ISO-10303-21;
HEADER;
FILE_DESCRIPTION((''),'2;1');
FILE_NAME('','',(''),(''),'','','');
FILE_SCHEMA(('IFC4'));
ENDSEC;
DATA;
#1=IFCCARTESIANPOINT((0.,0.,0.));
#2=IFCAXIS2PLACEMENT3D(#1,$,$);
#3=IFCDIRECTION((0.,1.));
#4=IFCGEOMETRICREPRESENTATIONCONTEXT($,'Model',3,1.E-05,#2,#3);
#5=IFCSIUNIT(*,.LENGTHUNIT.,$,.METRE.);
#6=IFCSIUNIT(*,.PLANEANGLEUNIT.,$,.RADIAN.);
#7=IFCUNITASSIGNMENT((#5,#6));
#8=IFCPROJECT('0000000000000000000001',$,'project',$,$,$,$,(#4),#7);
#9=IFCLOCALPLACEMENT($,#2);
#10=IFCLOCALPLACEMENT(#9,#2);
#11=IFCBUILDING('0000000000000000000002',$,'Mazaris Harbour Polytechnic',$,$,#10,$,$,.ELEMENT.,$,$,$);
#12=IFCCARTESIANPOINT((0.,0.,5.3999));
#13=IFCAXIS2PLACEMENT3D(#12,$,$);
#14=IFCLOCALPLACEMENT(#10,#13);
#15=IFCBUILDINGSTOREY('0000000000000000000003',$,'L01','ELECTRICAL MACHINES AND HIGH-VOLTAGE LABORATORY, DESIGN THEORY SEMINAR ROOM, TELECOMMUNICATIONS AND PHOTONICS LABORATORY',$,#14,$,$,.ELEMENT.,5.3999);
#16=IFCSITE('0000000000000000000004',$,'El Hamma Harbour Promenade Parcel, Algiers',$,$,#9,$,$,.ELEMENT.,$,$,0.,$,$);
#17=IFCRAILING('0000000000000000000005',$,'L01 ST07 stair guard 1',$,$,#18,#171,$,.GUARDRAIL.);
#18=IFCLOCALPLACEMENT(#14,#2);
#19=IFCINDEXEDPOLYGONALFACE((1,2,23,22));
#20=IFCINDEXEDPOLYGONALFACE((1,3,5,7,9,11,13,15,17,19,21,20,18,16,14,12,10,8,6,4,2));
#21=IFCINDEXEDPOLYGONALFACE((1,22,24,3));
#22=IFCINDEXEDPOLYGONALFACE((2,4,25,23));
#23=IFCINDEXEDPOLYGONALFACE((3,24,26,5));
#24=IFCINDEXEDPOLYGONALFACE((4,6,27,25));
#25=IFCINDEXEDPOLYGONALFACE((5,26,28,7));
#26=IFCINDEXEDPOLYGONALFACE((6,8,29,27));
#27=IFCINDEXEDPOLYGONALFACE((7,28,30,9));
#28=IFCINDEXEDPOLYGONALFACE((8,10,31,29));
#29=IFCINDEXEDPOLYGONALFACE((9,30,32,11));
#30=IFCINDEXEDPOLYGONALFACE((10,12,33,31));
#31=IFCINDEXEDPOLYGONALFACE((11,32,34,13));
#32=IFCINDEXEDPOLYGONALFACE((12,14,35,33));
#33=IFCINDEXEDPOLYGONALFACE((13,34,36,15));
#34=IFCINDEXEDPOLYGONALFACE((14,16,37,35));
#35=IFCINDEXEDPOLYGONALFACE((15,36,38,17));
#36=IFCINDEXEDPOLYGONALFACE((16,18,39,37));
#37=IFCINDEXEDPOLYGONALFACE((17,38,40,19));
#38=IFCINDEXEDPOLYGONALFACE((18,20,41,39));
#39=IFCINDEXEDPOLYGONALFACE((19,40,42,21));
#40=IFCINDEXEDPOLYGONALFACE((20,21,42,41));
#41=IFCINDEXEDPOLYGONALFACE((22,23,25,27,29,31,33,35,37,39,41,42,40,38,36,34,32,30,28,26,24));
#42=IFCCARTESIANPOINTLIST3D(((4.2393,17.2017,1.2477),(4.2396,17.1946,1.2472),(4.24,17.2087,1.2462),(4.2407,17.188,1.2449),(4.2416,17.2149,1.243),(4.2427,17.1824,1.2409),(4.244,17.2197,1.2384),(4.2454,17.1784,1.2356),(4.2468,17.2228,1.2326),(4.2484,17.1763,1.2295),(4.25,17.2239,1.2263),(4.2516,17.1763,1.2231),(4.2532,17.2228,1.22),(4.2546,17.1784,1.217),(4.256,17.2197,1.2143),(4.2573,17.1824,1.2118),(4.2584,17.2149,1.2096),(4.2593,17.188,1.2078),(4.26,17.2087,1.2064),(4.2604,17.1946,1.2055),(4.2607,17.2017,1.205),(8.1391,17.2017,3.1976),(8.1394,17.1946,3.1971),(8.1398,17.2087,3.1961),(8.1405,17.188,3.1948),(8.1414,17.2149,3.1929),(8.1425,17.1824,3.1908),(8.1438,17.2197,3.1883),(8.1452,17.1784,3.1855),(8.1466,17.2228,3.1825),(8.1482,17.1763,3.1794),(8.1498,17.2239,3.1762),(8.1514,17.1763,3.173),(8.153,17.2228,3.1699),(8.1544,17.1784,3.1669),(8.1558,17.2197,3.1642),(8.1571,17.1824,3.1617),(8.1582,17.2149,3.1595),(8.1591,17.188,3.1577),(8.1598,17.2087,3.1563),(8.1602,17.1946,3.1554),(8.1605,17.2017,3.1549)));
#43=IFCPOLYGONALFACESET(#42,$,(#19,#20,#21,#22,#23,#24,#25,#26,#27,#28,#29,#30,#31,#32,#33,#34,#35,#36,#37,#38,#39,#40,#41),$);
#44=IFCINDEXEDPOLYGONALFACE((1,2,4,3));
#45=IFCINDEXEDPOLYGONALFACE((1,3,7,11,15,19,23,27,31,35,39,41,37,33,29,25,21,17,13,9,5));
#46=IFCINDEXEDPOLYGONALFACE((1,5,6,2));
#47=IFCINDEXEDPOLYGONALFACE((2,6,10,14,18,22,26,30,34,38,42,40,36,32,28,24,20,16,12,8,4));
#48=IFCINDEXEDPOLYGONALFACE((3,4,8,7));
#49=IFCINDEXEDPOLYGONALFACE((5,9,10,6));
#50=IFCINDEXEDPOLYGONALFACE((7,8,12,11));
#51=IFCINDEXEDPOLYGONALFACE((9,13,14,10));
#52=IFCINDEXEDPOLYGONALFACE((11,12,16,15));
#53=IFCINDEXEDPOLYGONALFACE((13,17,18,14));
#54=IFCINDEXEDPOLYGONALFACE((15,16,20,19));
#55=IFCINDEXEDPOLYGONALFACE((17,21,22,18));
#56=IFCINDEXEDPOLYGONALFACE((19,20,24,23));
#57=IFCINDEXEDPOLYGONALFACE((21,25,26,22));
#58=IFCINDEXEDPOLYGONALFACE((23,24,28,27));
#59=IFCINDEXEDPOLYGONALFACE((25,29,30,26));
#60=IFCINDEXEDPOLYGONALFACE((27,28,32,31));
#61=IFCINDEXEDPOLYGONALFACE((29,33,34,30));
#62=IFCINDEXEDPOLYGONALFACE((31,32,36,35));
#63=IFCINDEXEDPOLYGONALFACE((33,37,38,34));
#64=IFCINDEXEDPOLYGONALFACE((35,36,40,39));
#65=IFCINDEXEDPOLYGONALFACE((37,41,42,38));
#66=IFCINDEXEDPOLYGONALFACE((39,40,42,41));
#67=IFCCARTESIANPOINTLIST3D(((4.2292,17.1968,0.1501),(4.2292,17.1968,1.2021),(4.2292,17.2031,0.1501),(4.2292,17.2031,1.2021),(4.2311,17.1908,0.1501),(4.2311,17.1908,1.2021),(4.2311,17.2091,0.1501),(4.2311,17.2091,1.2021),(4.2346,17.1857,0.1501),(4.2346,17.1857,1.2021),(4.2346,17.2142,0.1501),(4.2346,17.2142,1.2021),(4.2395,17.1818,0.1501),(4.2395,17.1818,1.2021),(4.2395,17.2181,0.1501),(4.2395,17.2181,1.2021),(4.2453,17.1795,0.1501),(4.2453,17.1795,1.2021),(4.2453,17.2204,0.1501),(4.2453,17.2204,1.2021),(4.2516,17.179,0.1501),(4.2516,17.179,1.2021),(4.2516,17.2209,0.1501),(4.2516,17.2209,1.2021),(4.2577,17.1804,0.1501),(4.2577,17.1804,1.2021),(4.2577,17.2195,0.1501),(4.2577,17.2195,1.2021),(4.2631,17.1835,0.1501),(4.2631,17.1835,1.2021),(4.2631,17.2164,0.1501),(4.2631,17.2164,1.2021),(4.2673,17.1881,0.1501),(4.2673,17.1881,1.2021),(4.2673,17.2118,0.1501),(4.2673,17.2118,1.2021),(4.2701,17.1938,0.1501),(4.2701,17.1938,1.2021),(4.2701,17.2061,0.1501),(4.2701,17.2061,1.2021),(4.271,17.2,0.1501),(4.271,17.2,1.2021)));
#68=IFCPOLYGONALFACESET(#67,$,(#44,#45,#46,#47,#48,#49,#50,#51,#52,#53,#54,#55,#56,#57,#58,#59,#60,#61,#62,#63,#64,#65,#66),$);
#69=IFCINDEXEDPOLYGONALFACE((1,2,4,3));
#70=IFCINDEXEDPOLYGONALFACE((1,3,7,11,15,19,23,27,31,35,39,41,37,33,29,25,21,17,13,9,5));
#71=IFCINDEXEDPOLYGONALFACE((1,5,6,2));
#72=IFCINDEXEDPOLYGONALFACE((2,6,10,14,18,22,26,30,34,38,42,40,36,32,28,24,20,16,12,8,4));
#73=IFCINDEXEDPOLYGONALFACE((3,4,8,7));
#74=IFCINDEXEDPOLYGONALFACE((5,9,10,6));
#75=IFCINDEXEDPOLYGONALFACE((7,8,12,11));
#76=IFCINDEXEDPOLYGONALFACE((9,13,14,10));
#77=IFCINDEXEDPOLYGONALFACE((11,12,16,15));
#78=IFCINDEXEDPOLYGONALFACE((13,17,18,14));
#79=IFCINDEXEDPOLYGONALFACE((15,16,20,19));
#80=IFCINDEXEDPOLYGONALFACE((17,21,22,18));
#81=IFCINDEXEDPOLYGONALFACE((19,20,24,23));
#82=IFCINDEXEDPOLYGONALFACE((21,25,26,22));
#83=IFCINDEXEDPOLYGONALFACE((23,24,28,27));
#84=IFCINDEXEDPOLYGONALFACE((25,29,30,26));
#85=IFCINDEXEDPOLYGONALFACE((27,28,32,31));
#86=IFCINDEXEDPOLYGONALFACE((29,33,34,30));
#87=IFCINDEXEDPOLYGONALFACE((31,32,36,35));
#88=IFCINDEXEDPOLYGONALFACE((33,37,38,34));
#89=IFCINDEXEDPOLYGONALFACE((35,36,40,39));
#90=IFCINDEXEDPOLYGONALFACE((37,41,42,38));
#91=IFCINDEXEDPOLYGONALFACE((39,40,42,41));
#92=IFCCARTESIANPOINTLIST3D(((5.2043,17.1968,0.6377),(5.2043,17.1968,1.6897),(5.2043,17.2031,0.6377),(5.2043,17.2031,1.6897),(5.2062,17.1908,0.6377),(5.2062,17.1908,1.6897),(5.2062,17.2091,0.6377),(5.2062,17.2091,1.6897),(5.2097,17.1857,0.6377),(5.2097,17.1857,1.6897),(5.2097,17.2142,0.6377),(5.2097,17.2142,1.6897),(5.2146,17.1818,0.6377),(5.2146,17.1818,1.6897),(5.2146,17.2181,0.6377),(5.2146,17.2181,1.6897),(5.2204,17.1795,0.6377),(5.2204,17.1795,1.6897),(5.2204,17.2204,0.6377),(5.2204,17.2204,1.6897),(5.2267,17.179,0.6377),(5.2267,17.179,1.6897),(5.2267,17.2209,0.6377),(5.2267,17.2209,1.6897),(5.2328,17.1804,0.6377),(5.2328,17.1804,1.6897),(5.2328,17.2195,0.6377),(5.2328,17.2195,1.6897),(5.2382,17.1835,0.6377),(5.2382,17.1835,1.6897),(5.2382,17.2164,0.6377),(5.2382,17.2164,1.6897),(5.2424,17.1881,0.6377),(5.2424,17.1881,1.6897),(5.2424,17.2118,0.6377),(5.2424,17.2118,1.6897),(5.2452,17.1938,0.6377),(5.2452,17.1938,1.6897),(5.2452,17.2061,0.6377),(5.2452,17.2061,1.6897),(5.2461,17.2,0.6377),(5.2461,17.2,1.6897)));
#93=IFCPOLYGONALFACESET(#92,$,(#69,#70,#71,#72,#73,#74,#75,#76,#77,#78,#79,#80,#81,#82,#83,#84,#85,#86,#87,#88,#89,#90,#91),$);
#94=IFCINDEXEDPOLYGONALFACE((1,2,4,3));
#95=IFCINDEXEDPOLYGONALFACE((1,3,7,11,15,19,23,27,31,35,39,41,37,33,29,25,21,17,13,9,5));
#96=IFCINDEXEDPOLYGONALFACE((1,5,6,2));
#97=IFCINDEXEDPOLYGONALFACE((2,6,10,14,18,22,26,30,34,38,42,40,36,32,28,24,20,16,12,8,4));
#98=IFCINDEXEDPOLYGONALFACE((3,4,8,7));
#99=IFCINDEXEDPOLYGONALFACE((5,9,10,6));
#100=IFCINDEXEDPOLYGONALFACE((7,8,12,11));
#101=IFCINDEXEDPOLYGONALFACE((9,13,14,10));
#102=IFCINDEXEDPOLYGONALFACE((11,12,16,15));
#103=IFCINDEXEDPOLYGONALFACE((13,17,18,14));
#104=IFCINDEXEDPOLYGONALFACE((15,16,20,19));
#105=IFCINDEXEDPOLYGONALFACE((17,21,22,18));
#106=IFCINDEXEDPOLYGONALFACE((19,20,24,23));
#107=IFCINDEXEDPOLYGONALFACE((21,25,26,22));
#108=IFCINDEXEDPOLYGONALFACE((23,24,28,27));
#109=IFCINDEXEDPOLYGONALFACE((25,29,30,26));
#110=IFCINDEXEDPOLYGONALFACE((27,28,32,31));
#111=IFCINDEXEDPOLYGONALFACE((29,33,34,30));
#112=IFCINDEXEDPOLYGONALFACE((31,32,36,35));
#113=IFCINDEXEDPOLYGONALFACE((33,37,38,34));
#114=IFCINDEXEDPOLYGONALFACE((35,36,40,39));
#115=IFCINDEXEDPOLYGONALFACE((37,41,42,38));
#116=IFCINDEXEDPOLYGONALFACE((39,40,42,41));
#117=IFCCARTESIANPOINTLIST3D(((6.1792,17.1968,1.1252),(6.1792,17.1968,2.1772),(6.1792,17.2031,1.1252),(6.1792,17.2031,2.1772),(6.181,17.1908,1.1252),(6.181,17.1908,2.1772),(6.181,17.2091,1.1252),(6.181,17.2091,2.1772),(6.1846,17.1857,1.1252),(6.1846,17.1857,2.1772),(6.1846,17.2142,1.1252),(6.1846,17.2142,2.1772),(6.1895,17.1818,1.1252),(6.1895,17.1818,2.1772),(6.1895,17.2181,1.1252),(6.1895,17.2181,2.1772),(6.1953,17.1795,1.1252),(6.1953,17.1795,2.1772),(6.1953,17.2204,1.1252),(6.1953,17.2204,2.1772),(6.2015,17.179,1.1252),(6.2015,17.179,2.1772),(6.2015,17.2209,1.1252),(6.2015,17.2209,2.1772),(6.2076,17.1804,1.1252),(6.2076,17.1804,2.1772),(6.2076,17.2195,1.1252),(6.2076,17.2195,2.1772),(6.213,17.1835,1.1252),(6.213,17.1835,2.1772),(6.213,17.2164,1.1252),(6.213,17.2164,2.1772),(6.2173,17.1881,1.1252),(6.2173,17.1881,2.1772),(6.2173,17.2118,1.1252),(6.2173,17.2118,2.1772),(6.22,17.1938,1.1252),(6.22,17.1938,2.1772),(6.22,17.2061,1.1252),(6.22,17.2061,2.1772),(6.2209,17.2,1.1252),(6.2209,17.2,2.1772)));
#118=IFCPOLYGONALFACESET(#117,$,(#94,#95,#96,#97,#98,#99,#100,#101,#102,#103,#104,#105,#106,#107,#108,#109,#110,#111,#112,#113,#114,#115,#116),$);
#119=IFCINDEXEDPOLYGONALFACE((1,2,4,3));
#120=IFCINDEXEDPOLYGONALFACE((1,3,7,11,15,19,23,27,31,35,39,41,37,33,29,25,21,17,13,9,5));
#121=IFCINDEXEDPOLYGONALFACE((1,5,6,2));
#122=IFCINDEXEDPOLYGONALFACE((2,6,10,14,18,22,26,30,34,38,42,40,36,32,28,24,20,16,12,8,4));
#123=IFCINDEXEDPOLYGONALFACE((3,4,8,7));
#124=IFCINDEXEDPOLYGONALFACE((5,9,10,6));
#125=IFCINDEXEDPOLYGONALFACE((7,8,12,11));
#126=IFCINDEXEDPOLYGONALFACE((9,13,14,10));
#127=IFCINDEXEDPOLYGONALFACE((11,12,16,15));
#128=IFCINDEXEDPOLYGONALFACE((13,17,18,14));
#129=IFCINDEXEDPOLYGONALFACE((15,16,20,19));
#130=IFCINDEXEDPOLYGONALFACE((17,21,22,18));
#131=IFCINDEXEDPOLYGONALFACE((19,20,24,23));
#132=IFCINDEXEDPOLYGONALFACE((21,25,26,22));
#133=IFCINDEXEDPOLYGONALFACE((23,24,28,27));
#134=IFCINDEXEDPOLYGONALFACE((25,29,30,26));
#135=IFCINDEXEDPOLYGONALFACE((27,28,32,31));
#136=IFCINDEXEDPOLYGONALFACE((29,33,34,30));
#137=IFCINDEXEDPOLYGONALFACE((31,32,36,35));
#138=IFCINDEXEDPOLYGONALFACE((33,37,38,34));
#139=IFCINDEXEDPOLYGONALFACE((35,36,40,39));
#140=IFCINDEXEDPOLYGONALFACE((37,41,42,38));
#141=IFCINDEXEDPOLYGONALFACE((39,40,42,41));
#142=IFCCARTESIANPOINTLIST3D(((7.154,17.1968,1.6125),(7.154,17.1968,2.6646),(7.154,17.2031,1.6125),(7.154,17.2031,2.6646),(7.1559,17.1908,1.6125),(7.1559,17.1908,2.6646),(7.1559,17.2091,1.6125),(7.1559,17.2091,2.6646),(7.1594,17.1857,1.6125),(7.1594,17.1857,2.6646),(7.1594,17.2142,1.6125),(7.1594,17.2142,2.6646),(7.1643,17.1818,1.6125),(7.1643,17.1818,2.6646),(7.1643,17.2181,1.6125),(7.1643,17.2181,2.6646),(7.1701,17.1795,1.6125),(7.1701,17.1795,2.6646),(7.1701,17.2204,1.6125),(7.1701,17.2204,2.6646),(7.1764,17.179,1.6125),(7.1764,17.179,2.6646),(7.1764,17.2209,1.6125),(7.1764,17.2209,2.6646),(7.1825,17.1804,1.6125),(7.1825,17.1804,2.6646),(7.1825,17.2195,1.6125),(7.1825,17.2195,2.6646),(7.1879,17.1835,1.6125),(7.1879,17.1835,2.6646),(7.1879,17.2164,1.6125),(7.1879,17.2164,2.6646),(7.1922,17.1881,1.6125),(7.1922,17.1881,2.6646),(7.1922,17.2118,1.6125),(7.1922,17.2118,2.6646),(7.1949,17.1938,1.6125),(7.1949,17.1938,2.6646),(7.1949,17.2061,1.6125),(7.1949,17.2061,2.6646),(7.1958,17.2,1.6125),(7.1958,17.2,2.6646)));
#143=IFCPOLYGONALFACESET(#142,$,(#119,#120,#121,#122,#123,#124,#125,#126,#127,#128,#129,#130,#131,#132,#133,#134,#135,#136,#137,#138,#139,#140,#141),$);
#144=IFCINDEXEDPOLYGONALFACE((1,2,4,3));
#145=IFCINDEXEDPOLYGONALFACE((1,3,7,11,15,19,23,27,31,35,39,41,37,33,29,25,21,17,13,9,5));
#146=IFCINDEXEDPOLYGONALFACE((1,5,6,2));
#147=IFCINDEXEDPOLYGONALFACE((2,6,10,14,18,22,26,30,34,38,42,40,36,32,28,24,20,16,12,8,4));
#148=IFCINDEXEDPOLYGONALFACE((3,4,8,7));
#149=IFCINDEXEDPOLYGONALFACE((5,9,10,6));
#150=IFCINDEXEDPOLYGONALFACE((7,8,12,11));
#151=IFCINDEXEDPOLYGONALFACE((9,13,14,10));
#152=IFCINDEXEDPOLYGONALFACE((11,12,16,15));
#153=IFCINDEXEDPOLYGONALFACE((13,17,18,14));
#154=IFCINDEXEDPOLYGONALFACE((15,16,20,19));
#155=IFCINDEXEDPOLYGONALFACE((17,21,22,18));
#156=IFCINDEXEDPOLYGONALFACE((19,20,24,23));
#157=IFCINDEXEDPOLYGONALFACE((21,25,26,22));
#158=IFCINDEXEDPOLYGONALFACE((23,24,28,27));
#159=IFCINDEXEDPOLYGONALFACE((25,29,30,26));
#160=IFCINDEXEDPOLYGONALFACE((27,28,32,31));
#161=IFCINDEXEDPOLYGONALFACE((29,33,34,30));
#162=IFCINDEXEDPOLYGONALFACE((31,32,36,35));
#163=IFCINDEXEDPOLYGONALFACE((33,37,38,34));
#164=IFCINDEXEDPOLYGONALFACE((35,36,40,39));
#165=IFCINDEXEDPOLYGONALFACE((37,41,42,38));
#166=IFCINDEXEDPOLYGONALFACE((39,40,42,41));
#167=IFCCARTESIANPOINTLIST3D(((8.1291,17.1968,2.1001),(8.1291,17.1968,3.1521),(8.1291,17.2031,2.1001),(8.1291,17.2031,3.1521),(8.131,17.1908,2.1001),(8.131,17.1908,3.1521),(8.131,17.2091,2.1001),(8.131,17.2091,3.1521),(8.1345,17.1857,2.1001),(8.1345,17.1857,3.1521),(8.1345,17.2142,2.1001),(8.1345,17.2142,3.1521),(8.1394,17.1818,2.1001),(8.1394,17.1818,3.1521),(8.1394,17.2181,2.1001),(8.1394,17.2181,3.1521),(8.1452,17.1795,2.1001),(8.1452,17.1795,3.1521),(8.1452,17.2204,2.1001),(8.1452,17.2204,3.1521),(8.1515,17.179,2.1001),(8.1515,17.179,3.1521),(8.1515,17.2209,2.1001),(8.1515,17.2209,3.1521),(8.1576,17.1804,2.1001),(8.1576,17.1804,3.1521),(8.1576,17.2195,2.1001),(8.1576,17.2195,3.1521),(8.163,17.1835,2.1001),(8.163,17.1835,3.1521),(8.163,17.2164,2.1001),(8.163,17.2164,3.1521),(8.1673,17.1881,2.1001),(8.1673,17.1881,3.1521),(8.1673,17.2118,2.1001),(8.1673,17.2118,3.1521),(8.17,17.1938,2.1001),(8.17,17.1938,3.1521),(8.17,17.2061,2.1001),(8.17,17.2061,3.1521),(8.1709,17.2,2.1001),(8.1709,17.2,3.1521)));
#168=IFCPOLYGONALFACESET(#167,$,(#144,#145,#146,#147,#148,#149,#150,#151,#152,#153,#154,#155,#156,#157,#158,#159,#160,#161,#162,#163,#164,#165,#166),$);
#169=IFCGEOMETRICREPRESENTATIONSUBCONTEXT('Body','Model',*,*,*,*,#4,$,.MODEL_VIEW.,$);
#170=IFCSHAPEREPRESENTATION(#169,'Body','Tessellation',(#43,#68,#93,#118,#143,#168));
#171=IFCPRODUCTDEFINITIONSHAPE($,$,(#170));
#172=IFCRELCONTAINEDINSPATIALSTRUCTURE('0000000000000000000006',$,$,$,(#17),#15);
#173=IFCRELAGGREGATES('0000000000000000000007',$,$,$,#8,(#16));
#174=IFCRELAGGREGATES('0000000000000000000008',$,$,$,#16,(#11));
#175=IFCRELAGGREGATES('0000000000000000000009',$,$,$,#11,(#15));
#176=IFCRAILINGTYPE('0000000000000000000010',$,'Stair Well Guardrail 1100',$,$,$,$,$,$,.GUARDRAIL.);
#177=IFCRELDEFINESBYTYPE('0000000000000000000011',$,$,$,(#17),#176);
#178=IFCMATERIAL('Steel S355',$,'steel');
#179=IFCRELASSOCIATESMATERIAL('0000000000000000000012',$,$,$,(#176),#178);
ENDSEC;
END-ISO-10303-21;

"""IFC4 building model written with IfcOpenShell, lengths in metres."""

from ifc_helpers import new_model, si_unit, direction, frame, origin, origin_2d, place, context, subcontext, project, spatial, circle, extrude, material, type_object, element, save


model = new_model("IFC4")

# Units and contexts
model_context = context("Model", 3, precision=1e-05, world=origin(), true_north=direction((0.0, 1.0)))
body_context = subcontext(model_context, "Body", "Model", "MODEL_VIEW")
ifc_project = project(units=[si_unit("LENGTHUNIT", "METRE"), si_unit("PLANEANGLEUNIT", "RADIAN")], contexts=[model_context])

# Site, building, storey
site_placement = place(None, origin())
site = spatial("IfcSite", under=ifc_project, at=site_placement, Name="El Hamma Harbour Promenade Parcel, Algiers", CompositionType="ELEMENT", RefElevation=0.0)
building_placement = place(site_placement, origin())
building = spatial("IfcBuilding", under=site, at=building_placement, Name="Mazaris Harbour Polytechnic", CompositionType="ELEMENT")
storey_placement = place(building_placement, frame((0.0, 0.0, 5.3999)))
storey = spatial("IfcBuildingStorey", under=building, at=storey_placement, Name="L01", Description="ELECTRICAL MACHINES AND HIGH-VOLTAGE LABORATORY, DESIGN THEORY SEMINAR ROOM, TELECOMMUNICATIONS AND PHOTONICS LABORATORY", CompositionType="ELEMENT", Elevation=5.3999)

# Railing
ifc_material_1 = material(Name="Steel S355", Category="steel")
railing_type_1 = type_object("IfcRailingType", Name="Stair Well Guardrail 1100", PredefinedType="GUARDRAIL", material=ifc_material_1)
railing_1_placement = place(storey_placement, frame((4.25, 17.2, 0.1501)))
element("IfcRailing", 1, at=railing_1_placement, inside=storey, type_object=railing_type_1, Name="L01 ST07 stair guard 1", PredefinedType="GUARDRAIL", context=body_context, shape_type="SweptSolid", body=[
    extrude(circle(Radius=0.0239, at=origin_2d()), frame((0.0, 0.0, 1.0762), z_axis=(0.894427, 0.0, 0.447214), x_axis=(0.0, 1.0, 0.0)), (0.0, 0.0, 1.0), 4.3601),
    extrude(circle(Radius=0.021, at=origin_2d()), origin(), (0.0, 0.0, 1.0), 1.052),
    extrude(circle(Radius=0.021, at=origin_2d()), frame((0.9751, 0.0, 0.4875)), (0.0, 0.0, 1.0), 1.052),
    extrude(circle(Radius=0.021, at=origin_2d()), frame((1.95, 0.0, 0.9751)), (0.0, 0.0, 1.0), 1.052),
    extrude(circle(Radius=0.021, at=origin_2d()), frame((2.9248, 0.0, 1.4624)), (0.0, 0.0, 1.0), 1.052),
    extrude(circle(Radius=0.021, at=origin_2d()), frame((3.8999, 0.0, 1.95)), (0.0, 0.0, 1.0), 1.052),
])

save(model, "model.ifc")
